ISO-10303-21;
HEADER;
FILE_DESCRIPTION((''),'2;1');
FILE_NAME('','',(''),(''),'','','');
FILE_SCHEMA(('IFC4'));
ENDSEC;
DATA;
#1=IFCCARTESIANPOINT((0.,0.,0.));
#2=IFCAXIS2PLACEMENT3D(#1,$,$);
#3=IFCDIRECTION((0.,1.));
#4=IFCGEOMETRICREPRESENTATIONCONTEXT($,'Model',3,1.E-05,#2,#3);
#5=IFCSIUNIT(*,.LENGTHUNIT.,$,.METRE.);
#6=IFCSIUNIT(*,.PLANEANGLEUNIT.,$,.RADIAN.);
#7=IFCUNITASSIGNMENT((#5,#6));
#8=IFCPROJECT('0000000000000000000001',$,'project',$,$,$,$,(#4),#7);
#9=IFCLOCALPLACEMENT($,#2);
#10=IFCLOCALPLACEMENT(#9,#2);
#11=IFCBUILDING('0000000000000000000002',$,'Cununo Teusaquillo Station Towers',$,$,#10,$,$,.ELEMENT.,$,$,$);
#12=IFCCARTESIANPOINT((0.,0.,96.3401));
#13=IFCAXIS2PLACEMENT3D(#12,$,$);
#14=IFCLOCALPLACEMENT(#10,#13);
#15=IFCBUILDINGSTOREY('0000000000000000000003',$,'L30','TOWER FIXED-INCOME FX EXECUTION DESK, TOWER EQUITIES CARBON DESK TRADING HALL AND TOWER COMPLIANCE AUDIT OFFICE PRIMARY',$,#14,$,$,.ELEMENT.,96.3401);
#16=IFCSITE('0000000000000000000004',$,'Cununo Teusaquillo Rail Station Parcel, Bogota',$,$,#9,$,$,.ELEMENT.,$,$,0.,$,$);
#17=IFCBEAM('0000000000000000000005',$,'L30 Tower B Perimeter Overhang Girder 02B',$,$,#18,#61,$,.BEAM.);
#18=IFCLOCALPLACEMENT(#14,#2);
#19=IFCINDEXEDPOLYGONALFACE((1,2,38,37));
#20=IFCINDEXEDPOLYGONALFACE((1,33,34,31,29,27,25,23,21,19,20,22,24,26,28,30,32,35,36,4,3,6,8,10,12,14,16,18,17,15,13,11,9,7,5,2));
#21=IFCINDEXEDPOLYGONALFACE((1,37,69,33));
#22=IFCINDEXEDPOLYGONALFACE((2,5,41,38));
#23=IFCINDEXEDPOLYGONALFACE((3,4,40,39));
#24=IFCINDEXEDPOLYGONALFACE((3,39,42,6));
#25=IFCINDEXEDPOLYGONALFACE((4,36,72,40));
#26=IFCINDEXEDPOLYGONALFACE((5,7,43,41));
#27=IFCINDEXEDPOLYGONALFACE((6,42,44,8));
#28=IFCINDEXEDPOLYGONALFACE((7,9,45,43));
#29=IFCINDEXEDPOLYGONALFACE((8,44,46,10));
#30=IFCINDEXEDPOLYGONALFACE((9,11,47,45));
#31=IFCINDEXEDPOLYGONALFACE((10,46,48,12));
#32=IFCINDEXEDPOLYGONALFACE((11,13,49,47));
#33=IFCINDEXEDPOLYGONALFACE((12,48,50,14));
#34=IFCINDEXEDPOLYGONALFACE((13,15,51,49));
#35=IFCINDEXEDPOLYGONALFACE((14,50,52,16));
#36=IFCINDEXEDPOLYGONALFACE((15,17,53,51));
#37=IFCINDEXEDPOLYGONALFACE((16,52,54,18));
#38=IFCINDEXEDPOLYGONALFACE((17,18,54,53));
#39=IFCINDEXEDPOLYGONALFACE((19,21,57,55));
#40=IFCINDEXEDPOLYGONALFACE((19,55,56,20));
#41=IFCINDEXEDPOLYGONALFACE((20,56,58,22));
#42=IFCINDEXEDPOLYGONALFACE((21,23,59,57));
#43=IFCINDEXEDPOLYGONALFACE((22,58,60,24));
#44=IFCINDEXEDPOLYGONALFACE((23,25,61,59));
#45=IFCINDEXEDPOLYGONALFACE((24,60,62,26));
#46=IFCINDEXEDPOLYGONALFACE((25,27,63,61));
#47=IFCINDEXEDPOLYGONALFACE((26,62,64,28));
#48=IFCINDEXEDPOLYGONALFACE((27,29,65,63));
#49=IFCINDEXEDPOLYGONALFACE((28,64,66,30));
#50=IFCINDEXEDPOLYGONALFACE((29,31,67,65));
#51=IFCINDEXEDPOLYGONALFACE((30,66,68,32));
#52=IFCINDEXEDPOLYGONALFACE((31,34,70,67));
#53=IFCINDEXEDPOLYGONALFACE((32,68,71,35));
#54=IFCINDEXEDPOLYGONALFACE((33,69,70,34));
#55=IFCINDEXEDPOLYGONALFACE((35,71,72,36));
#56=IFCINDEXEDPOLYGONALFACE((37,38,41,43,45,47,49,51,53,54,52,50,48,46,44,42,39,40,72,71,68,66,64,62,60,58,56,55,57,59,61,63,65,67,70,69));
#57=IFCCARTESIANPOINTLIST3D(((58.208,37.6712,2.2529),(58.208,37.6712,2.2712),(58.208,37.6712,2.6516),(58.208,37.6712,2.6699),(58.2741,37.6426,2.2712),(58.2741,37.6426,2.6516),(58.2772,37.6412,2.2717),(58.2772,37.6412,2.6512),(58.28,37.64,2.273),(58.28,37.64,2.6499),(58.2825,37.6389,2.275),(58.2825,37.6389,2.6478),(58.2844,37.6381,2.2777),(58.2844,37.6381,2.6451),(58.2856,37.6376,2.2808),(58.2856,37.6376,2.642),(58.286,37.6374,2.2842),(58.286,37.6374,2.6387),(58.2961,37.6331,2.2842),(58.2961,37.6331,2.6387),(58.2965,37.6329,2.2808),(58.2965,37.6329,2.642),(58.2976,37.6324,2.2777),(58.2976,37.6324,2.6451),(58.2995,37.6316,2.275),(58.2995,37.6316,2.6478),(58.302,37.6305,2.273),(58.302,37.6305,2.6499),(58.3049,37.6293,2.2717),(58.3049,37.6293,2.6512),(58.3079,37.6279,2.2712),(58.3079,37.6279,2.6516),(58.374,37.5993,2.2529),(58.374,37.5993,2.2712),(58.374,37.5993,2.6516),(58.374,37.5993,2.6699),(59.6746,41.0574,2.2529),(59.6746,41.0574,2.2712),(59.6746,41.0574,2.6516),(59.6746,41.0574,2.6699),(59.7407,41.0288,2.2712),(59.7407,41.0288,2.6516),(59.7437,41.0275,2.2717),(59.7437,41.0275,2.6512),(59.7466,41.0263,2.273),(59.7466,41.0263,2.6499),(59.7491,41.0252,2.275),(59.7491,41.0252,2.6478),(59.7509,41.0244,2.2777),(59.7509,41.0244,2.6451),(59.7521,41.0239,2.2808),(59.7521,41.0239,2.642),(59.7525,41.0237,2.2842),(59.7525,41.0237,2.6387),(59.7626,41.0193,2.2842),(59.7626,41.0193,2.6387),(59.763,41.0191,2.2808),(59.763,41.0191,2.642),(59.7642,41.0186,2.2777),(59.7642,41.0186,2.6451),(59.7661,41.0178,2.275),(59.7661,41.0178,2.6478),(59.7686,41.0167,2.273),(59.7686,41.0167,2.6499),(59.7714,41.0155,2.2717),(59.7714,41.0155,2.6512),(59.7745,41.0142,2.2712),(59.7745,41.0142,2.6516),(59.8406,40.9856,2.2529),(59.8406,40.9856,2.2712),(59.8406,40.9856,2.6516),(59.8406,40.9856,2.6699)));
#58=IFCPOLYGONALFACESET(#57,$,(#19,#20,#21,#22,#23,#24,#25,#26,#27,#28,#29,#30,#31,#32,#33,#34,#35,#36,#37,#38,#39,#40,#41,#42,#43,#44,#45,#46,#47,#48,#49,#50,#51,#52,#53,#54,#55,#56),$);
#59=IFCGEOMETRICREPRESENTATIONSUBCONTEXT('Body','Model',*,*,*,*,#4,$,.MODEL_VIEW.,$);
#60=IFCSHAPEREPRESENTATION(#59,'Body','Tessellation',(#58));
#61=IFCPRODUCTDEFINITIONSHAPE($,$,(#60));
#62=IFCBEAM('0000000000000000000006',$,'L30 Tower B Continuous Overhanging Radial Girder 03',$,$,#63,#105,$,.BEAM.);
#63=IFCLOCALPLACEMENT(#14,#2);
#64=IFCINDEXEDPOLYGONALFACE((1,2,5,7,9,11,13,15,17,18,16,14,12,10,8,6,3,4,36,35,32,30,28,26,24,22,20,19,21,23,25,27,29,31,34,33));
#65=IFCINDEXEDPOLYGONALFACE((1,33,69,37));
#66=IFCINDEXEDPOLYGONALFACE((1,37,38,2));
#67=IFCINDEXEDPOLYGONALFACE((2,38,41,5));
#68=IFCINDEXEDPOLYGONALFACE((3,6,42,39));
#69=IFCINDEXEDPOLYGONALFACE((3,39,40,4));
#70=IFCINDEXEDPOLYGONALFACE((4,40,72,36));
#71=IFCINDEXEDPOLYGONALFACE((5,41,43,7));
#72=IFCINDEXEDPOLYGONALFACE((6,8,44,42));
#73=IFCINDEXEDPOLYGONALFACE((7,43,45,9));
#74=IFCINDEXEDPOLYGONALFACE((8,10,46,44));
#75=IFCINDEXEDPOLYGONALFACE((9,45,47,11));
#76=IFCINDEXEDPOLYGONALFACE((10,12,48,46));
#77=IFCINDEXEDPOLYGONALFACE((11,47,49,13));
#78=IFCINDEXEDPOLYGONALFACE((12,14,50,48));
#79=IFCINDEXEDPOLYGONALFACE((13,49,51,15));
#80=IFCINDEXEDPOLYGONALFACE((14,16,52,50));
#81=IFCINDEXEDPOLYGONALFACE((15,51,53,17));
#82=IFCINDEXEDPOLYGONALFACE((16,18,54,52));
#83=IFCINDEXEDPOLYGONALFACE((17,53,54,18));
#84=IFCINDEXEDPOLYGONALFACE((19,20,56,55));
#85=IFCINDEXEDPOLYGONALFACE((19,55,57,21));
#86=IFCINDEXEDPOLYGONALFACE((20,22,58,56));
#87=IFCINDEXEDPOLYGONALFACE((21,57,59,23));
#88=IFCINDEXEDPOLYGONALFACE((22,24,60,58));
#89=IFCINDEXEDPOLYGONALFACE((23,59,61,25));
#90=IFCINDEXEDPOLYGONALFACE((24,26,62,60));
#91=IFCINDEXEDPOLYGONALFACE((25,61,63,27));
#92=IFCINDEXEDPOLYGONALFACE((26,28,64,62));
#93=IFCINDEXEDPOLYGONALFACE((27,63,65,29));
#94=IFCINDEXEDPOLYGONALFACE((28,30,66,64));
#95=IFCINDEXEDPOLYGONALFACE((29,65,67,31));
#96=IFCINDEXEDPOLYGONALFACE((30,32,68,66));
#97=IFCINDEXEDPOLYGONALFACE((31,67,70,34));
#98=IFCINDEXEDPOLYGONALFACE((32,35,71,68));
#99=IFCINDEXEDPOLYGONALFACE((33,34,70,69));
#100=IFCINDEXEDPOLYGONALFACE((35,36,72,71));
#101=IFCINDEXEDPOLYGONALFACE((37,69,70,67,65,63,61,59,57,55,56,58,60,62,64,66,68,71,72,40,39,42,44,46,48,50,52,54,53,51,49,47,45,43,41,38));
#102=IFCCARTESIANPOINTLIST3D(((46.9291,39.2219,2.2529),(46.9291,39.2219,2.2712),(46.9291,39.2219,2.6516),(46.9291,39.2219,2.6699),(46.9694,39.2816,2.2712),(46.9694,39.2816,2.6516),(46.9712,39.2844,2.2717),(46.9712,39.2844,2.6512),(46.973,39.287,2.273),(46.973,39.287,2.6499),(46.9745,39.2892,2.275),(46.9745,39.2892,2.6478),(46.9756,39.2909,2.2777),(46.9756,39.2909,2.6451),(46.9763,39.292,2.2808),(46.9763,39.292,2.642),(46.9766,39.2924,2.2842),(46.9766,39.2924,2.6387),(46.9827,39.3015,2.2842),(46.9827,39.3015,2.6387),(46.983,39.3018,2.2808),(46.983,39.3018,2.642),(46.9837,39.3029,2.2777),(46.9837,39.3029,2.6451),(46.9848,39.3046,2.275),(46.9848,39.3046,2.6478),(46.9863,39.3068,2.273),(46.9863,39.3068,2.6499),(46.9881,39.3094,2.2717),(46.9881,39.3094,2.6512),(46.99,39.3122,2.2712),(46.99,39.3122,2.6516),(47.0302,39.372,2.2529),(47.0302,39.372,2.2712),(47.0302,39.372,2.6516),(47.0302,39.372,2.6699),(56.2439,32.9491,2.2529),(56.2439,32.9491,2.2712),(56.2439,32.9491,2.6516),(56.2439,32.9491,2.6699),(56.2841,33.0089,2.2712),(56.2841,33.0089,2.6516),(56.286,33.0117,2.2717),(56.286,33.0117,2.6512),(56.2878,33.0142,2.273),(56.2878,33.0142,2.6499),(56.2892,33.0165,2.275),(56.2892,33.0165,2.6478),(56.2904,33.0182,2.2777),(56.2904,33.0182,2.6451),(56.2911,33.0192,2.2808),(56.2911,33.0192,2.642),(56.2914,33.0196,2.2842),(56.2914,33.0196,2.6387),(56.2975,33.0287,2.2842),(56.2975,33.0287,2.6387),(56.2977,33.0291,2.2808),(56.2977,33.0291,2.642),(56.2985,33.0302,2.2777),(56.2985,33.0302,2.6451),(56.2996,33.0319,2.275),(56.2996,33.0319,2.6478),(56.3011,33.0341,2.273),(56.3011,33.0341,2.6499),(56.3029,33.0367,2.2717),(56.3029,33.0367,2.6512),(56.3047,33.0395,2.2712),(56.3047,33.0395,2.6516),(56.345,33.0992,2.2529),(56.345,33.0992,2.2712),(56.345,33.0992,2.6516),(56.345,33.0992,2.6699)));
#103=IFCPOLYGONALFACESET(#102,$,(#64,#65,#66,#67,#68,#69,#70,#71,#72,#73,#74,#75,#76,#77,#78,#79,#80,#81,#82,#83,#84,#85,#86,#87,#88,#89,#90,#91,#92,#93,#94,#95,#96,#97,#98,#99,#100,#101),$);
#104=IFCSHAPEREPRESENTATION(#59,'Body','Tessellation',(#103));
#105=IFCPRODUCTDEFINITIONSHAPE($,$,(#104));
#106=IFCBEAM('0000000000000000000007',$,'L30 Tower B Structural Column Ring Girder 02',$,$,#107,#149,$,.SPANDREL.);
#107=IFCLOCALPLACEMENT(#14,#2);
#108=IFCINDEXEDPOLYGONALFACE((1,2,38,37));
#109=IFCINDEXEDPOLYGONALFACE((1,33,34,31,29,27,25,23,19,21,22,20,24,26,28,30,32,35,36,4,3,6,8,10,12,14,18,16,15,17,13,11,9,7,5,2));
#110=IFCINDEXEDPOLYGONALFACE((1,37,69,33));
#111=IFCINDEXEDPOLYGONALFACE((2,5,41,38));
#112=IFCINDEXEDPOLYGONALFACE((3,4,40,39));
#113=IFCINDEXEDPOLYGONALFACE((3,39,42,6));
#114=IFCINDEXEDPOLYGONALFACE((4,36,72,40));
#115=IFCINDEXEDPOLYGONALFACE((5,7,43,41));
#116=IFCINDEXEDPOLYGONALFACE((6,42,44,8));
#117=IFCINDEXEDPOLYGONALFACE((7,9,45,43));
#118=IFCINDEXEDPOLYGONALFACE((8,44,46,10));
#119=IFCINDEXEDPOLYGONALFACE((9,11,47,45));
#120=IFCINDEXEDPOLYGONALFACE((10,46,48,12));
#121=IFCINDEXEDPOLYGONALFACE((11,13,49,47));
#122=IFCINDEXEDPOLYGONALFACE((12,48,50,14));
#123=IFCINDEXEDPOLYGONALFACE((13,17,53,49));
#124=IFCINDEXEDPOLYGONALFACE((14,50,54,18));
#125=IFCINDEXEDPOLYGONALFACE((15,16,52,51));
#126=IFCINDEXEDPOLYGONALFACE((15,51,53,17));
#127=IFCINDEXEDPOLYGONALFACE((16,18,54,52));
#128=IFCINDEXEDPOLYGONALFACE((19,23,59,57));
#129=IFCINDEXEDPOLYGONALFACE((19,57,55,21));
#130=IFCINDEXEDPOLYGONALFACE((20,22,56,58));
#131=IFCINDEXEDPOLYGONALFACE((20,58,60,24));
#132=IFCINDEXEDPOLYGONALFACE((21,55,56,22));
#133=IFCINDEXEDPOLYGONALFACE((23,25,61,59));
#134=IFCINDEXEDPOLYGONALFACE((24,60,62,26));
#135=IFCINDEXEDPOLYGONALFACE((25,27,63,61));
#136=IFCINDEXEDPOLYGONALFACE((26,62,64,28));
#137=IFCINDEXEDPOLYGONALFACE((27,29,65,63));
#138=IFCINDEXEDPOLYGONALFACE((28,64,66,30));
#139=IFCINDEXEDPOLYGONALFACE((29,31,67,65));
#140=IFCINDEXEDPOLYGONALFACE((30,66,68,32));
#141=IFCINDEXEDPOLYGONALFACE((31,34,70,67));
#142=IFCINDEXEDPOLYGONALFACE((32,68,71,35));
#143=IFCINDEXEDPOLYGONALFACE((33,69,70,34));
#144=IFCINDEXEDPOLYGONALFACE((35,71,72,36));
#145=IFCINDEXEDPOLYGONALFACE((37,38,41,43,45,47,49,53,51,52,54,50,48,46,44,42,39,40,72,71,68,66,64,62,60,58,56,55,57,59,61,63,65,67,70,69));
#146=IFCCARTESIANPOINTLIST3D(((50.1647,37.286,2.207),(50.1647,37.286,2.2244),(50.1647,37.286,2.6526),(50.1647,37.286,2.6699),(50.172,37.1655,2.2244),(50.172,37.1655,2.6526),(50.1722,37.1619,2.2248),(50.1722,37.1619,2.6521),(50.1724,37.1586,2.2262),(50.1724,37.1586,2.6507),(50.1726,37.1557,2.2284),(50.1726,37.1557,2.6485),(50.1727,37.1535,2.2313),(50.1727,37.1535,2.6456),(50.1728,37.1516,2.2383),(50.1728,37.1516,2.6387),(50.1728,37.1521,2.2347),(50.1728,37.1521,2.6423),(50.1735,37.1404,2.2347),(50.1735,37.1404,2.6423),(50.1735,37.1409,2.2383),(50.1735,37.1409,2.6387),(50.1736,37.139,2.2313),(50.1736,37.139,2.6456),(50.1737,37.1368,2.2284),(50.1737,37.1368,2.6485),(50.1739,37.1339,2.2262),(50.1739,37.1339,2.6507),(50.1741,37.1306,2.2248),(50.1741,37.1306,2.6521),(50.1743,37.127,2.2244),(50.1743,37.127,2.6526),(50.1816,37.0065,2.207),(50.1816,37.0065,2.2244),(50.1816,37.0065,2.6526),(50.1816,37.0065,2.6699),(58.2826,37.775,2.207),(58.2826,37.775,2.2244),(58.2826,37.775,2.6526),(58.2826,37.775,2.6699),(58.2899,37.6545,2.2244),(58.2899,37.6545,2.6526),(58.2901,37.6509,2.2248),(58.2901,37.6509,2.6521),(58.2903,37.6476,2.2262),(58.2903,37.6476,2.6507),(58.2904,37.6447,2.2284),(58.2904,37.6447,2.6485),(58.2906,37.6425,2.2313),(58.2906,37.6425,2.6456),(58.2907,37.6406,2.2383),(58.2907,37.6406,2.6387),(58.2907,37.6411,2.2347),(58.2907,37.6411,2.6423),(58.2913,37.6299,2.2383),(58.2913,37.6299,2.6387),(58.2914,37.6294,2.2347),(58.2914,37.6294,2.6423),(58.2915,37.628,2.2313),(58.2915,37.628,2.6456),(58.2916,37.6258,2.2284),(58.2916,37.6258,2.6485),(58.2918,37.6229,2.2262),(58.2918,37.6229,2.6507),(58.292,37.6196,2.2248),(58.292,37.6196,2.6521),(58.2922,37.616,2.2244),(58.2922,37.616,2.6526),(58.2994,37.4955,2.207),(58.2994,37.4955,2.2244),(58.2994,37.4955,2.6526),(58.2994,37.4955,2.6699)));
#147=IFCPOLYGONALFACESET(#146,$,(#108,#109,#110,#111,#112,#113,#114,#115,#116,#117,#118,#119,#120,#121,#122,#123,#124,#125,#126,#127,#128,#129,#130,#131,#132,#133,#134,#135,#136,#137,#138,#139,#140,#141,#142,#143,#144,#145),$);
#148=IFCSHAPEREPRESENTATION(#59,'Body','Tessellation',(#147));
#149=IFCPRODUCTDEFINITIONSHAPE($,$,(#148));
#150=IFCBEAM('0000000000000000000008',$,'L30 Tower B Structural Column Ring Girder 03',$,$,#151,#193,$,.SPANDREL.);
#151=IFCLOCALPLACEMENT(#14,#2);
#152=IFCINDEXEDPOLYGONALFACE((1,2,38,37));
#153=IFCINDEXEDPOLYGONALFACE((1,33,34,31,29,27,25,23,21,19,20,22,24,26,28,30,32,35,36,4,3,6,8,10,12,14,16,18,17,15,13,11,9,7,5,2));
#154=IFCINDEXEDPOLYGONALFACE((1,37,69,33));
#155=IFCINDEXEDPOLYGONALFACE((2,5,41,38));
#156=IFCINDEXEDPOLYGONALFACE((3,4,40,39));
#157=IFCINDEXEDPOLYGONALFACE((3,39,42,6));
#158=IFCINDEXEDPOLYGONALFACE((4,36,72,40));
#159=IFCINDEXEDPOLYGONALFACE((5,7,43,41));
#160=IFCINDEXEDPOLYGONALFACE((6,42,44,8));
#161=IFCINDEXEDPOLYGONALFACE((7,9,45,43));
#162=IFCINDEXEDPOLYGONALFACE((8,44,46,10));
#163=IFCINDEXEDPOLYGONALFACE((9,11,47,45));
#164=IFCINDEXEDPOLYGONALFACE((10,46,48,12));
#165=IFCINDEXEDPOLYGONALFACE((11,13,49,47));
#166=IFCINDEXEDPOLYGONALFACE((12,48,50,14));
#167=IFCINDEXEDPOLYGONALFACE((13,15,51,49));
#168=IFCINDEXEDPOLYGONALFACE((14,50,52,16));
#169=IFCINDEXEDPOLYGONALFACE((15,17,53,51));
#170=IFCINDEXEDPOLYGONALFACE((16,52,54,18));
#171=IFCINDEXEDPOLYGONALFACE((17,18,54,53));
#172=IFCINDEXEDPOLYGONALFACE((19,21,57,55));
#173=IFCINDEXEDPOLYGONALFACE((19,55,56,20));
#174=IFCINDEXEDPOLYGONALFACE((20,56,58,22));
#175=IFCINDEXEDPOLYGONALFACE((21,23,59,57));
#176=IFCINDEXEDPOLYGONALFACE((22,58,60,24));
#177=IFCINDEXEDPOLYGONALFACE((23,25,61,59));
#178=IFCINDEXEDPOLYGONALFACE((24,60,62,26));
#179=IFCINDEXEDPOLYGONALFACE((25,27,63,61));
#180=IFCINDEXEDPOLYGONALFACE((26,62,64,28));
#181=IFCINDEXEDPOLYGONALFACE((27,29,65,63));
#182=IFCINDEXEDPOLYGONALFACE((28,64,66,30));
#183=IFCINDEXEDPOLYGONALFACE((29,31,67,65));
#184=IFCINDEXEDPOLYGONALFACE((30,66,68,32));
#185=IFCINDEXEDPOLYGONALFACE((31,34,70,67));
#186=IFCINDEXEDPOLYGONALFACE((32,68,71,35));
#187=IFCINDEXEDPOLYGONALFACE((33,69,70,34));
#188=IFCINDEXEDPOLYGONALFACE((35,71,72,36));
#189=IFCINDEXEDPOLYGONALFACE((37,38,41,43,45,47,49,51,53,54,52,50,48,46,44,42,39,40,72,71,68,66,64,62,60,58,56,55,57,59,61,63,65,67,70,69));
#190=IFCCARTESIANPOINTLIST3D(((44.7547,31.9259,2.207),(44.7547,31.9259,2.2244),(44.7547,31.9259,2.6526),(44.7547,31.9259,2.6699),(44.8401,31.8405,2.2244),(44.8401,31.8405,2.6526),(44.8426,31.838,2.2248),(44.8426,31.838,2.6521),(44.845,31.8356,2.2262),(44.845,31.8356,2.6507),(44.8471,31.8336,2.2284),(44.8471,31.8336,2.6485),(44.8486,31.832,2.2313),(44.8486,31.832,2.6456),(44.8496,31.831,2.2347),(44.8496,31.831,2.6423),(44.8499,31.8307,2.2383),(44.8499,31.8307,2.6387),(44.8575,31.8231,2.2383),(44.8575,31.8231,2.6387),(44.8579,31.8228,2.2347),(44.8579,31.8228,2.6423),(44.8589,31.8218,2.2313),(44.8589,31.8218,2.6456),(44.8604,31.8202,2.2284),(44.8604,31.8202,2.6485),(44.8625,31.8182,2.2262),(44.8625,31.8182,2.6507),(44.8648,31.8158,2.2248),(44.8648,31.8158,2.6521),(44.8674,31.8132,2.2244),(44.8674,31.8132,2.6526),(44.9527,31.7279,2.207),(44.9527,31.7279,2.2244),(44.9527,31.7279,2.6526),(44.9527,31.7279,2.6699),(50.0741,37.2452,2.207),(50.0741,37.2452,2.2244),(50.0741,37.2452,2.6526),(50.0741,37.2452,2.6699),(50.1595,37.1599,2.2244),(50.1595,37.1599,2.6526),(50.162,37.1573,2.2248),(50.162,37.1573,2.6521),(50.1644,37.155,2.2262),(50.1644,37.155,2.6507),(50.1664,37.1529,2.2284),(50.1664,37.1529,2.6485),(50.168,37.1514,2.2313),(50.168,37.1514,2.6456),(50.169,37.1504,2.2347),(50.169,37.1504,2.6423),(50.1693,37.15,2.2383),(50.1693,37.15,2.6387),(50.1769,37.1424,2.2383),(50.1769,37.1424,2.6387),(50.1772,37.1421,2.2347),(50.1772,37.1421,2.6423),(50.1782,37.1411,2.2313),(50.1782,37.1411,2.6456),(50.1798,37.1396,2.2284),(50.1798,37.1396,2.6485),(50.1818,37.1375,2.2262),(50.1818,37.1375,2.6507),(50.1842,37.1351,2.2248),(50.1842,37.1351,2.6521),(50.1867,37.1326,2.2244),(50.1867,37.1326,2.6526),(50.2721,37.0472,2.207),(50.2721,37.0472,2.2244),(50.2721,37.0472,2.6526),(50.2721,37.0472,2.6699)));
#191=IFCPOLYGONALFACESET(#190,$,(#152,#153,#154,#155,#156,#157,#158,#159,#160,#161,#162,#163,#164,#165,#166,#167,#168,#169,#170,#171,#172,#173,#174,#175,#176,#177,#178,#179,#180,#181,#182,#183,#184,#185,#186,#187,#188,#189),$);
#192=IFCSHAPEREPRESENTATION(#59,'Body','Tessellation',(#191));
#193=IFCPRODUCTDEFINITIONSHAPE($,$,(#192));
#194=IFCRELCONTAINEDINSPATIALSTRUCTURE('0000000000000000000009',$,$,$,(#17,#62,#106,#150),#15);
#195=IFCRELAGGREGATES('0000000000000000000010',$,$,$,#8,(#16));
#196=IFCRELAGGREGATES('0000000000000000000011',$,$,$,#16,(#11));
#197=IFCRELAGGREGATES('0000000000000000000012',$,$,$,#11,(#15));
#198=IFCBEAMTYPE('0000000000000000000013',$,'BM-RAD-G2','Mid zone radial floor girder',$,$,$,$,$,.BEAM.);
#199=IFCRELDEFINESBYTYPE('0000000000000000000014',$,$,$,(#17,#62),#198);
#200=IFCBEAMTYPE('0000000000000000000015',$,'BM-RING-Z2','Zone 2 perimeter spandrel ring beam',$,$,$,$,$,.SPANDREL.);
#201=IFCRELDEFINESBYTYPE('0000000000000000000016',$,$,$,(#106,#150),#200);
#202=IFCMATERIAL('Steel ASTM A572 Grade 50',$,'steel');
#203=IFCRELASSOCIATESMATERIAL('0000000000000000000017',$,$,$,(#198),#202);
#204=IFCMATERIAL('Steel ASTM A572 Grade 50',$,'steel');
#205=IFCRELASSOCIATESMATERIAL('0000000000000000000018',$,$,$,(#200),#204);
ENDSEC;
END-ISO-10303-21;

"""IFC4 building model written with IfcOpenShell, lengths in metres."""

from ifc_helpers import new_model, si_unit, direction, frame, origin, origin_2d, place, context, subcontext, project, spatial, i_section, extrude, material, material_profile, profile_set, type_object, element, save


model = new_model("IFC4")

# Units and contexts
model_context = context("Model", 3, precision=1e-05, world=origin(), true_north=direction((0.0, 1.0)))
body_context = subcontext(model_context, "Body", "Model", "MODEL_VIEW")
ifc_project = project(units=[si_unit("LENGTHUNIT", "METRE"), si_unit("PLANEANGLEUNIT", "RADIAN")], contexts=[model_context])

# Site, building, storey
site_placement = place(None, origin())
site = spatial("IfcSite", under=ifc_project, at=site_placement, Name="Cununo Teusaquillo Rail Station Parcel, Bogota", CompositionType="ELEMENT", RefElevation=0.0)
building_placement = place(site_placement, origin())
building = spatial("IfcBuilding", under=site, at=building_placement, Name="Cununo Teusaquillo Station Towers", CompositionType="ELEMENT")
storey_placement = place(building_placement, frame((0.0, 0.0, 96.3401)))
storey = spatial("IfcBuildingStorey", under=building, at=storey_placement, Name="L30", Description="TOWER FIXED-INCOME FX EXECUTION DESK, TOWER EQUITIES CARBON DESK TRADING HALL AND TOWER COMPLIANCE AUDIT OFFICE PRIMARY", CompositionType="ELEMENT", Elevation=96.3401)

# Beams
ifc_material_1 = material(Name="Steel ASTM A572 Grade 50", Category="steel")
ifc_material_profile_1 = material_profile(ifc_material_1, i_section(OverallWidth=0.1809, OverallDepth=0.417, WebThickness=0.011, FlangeThickness=0.0183, FilletRadius=0.0129, at=origin_2d()), Name="W16X57")
ifc_profile_set_1 = profile_set([ifc_material_profile_1], Name="Steel ASTM A572 Grade 50")
beam_type_1 = type_object("IfcBeamType", Name="BM-RAD-G2", Description="Mid zone radial floor girder", PredefinedType="BEAM", material=ifc_profile_set_1)
beam_1_placement = place(storey_placement, frame((58.291, 37.6353, 2.4614), z_axis=(0.397422, 0.917636, 0.0), x_axis=(-0.917636, 0.397422, 0.0)))
element("IfcBeam", 1, at=beam_1_placement, inside=storey, type_object=beam_type_1, Name="L30 Tower B Perimeter Overhang Girder 02B", PredefinedType="BEAM", context=body_context, shape_type="SweptSolid", body=[
    extrude(i_section(OverallWidth=0.1809, OverallDepth=0.417, WebThickness=0.011, FlangeThickness=0.0183, FilletRadius=0.0129, at=origin_2d()), origin(), (0.0, 0.0, 1.0), 3.6902),
])
beam_2_placement = place(storey_placement, frame((56.2944, 33.0242, 2.4614), z_axis=(-0.829456, 0.558572, 0.0), x_axis=(-0.558572, -0.829456, 0.0)))
element("IfcBeam", 2, at=beam_2_placement, inside=storey, type_object=beam_type_1, Name="L30 Tower B Continuous Overhanging Radial Girder 03", PredefinedType="BEAM", context=body_context, shape_type="SweptSolid", body=[
    extrude(i_section(OverallWidth=0.1809, OverallDepth=0.417, WebThickness=0.011, FlangeThickness=0.0183, FilletRadius=0.0129, at=origin_2d()), origin(), (0.0, 0.0, 1.0), 11.23),
])
ifc_material_2 = material(Name="Steel ASTM A572 Grade 50", Category="steel")
ifc_material_profile_2 = material_profile(ifc_material_2, i_section(OverallWidth=0.28, OverallDepth=0.4629, WebThickness=0.0107, FlangeThickness=0.0173, FilletRadius=0.0139, at=origin_2d()), Name="W18X76")
ifc_profile_set_2 = profile_set([ifc_material_profile_2], Name="Steel ASTM A572 Grade 50")
beam_type_2 = type_object("IfcBeamType", Name="BM-RING-Z2", Description="Zone 2 perimeter spandrel ring beam", PredefinedType="SPANDREL", material=ifc_profile_set_2)
beam_3_placement = place(storey_placement, frame((58.291, 37.6353, 2.4385), z_axis=(-0.998191, -0.06013, 0.0), x_axis=(0.06013, -0.998191, 0.0)))
element("IfcBeam", 3, at=beam_3_placement, inside=storey, type_object=beam_type_2, Name="L30 Tower B Structural Column Ring Girder 02", PredefinedType="SPANDREL", context=body_context, shape_type="SweptSolid", body=[
    extrude(i_section(OverallWidth=0.28, OverallDepth=0.4629, WebThickness=0.0107, FlangeThickness=0.0173, FilletRadius=0.0139, at=origin_2d()), origin(), (0.0, 0.0, 1.0), 8.1326),
])
beam_4_placement = place(storey_placement, frame((50.1731, 37.1462, 2.4385), z_axis=(-0.707107, -0.707107, 0.0), x_axis=(0.707107, -0.707107, 0.0)))
element("IfcBeam", 4, at=beam_4_placement, inside=storey, type_object=beam_type_2, Name="L30 Tower B Structural Column Ring Girder 03", PredefinedType="SPANDREL", context=body_context, shape_type="SweptSolid", body=[
    extrude(i_section(OverallWidth=0.28, OverallDepth=0.4629, WebThickness=0.0107, FlangeThickness=0.0173, FilletRadius=0.0139, at=origin_2d()), origin(), (0.0, 0.0, 1.0), 7.5227),
])

save(model, "model.ifc")
